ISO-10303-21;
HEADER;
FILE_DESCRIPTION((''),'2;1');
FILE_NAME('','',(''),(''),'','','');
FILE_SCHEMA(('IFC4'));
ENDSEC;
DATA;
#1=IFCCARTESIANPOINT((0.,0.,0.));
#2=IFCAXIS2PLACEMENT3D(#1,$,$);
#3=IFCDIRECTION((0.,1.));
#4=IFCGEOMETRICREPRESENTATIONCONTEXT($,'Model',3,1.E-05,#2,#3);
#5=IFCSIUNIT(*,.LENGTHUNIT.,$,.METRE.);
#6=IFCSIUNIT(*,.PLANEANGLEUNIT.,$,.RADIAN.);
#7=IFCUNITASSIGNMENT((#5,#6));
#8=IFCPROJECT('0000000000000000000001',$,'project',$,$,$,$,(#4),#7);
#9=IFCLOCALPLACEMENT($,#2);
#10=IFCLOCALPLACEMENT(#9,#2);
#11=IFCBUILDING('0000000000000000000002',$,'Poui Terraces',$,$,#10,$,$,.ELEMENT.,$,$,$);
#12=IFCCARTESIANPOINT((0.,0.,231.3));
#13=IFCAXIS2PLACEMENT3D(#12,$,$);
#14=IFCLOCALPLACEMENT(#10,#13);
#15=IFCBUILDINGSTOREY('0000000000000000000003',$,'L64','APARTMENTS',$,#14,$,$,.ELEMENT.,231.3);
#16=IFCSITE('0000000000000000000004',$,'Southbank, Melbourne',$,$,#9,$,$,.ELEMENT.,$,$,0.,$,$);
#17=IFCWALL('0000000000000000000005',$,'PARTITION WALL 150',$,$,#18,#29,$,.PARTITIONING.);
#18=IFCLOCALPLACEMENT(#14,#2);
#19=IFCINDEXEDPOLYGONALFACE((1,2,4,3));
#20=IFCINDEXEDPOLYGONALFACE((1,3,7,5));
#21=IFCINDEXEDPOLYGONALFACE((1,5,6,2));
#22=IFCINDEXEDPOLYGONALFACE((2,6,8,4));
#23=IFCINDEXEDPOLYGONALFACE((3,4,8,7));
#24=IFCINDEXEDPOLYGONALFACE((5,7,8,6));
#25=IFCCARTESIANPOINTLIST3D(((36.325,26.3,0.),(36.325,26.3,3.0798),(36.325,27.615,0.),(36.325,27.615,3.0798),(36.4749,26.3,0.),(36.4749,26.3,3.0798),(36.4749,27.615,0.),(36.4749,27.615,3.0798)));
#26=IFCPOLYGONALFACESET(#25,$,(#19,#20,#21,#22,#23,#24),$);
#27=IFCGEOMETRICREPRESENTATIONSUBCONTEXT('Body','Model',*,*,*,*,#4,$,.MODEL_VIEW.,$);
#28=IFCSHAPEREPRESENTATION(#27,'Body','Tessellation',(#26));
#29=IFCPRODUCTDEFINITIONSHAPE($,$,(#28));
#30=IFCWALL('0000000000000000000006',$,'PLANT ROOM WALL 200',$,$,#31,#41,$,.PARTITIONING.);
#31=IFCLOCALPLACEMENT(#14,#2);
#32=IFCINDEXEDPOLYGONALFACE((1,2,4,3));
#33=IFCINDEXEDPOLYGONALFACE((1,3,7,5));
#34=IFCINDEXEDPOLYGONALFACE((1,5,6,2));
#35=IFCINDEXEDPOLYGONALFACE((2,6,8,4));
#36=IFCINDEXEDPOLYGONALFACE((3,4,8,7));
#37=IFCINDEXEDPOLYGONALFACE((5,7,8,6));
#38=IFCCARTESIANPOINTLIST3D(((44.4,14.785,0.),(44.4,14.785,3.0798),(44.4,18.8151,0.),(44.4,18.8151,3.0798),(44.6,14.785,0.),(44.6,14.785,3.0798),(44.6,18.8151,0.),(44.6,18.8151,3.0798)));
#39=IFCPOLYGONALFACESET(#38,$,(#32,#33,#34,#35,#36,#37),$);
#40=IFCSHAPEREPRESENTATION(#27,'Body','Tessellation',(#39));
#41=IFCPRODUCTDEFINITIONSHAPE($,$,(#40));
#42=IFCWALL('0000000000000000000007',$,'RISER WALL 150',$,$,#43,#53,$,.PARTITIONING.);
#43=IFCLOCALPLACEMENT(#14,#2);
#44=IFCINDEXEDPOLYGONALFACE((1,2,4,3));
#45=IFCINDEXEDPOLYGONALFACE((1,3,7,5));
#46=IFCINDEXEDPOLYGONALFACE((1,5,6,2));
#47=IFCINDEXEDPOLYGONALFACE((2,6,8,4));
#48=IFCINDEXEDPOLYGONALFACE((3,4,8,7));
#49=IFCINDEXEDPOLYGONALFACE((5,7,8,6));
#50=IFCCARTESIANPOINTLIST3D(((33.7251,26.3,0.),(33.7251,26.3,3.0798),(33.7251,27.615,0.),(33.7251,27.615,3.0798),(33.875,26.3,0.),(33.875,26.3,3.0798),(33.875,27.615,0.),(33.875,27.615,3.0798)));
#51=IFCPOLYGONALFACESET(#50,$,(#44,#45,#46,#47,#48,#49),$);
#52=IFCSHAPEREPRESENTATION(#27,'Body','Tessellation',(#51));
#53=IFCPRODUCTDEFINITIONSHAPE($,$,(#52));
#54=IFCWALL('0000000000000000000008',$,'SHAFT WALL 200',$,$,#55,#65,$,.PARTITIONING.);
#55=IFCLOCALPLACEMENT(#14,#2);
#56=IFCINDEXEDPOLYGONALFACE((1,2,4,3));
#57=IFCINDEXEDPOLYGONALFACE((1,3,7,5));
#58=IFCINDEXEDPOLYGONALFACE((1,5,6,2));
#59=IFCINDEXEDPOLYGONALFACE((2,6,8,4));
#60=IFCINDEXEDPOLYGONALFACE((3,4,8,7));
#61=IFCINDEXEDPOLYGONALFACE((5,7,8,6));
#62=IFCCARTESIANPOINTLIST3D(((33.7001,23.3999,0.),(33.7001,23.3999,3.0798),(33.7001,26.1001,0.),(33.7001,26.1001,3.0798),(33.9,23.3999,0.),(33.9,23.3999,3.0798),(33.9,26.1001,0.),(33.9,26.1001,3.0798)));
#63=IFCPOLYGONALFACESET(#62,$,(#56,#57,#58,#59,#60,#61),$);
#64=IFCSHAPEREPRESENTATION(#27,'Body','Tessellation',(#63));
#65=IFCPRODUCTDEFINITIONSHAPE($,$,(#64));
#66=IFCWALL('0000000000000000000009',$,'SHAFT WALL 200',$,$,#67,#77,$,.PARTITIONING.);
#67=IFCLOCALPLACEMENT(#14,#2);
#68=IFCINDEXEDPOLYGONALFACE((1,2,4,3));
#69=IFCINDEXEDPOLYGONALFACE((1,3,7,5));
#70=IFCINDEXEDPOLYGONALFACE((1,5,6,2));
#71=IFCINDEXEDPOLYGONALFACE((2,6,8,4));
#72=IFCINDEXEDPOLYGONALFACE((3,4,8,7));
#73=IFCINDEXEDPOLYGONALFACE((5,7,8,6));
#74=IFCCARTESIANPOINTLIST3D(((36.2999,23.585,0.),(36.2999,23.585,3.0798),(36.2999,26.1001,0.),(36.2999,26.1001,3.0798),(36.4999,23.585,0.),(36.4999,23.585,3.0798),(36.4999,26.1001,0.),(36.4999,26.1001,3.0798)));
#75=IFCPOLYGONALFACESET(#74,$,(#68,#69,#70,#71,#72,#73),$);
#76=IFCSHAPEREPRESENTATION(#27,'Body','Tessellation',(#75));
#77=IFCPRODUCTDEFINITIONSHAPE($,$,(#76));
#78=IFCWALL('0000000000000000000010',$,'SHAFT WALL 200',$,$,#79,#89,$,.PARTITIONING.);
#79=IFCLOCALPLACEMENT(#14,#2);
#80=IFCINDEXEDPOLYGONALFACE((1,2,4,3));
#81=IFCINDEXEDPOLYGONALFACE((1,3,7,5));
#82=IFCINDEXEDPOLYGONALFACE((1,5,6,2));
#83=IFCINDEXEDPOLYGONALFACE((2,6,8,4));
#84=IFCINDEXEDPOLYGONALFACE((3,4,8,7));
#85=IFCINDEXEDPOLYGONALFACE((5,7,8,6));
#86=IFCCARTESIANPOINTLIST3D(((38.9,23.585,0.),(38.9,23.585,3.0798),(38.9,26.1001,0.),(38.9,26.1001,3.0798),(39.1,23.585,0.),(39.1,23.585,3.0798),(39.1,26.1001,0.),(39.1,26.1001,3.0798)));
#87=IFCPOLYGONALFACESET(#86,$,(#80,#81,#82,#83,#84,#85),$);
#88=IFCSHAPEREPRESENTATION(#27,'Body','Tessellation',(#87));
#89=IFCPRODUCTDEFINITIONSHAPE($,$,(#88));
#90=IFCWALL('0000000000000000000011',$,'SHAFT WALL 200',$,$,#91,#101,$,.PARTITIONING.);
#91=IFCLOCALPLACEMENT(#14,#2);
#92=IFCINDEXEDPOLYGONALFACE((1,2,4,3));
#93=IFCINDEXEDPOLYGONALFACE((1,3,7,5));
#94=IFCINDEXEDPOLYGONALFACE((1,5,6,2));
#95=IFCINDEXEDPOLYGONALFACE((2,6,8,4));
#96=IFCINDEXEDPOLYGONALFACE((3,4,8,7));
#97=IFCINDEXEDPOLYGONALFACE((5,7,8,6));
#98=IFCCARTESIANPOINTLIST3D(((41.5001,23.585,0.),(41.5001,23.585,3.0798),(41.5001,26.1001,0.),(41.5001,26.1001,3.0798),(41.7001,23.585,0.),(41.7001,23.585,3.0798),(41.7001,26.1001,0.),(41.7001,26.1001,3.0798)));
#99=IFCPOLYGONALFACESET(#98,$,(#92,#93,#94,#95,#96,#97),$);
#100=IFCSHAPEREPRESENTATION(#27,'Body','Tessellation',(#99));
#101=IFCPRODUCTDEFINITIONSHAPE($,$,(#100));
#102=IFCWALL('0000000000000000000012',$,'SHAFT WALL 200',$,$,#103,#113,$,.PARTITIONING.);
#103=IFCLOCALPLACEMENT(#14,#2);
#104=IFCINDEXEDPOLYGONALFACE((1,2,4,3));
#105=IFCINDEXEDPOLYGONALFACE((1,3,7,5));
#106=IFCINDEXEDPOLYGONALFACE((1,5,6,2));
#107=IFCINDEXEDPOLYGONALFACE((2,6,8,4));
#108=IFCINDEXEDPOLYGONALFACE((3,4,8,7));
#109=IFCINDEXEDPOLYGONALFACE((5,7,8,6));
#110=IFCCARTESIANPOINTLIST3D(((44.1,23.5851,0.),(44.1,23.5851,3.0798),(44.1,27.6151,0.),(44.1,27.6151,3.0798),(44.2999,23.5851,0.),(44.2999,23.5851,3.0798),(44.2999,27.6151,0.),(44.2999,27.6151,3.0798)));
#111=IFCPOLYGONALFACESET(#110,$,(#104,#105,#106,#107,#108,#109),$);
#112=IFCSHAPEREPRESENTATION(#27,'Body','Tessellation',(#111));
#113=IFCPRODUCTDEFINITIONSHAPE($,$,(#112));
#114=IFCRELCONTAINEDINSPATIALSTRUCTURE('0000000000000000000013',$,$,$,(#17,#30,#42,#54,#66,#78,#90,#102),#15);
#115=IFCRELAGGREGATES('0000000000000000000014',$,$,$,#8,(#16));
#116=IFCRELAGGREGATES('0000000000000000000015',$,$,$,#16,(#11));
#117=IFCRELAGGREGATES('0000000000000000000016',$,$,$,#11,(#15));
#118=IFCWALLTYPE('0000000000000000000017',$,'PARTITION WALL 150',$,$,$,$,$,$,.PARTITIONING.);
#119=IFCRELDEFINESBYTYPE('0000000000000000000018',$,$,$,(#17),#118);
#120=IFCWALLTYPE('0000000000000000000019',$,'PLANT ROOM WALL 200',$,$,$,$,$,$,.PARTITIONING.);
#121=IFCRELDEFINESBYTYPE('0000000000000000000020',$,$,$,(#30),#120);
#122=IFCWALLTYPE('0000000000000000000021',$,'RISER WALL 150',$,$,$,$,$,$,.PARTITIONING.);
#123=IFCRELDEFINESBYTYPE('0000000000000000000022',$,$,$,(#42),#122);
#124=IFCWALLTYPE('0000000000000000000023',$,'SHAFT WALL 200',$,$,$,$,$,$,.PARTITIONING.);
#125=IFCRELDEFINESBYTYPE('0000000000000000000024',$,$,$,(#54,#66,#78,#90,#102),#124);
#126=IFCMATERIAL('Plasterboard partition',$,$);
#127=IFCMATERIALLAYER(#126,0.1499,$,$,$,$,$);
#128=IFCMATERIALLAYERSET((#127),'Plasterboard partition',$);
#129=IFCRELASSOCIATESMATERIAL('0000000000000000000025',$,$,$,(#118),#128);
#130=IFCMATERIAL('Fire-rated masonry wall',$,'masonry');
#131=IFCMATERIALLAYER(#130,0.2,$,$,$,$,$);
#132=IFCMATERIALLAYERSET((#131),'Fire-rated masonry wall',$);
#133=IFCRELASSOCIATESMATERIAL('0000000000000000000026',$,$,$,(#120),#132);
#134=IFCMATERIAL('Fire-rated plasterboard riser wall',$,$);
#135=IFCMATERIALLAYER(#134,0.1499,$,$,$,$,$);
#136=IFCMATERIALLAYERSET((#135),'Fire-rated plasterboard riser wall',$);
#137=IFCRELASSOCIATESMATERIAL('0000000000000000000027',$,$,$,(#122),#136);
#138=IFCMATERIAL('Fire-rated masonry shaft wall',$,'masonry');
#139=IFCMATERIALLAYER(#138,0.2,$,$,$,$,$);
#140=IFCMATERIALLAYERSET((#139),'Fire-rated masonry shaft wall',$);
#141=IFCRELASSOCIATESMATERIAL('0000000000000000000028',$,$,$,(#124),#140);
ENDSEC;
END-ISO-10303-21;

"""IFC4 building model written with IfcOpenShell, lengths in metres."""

from ifc_helpers import new_model, si_unit, direction, frame, frame_2d, origin, place, context, subcontext, project, spatial, rectangle, extrude, material, layer, layer_set, type_object, element, save


model = new_model("IFC4")

# Units and contexts
model_context = context("Model", 3, precision=1e-05, world=origin(), true_north=direction((0.0, 1.0)))
body_context = subcontext(model_context, "Body", "Model", "MODEL_VIEW")
ifc_project = project(units=[si_unit("LENGTHUNIT", "METRE"), si_unit("PLANEANGLEUNIT", "RADIAN")], contexts=[model_context])

# Site, building, storey
site_placement = place(None, origin())
site = spatial("IfcSite", under=ifc_project, at=site_placement, Name="Southbank, Melbourne", CompositionType="ELEMENT", RefElevation=0.0)
building_placement = place(site_placement, origin())
building = spatial("IfcBuilding", under=site, at=building_placement, Name="Poui Terraces", CompositionType="ELEMENT")
storey_placement = place(building_placement, frame((0.0, 0.0, 231.3)))
storey = spatial("IfcBuildingStorey", under=building, at=storey_placement, Name="L64", Description="APARTMENTS", CompositionType="ELEMENT", Elevation=231.3)

# Walls
ifc_material_1 = material(Name="Plasterboard partition")
ifc_layer_1 = layer(ifc_material_1, 0.1499)
ifc_layer_set_1 = layer_set([ifc_layer_1], Name="Plasterboard partition")
wall_type_1 = type_object("IfcWallType", Name="PARTITION WALL 150", PredefinedType="PARTITIONING", material=ifc_layer_set_1)
wall_1_placement = place(storey_placement, frame((36.3999, 26.3, 0.0), z_axis=(0.0, 0.0, 1.0), x_axis=(0.0, 1.0, 0.0)))
element("IfcWall", 1, at=wall_1_placement, inside=storey, type_object=wall_type_1, Name="PARTITION WALL 150", PredefinedType="PARTITIONING", context=body_context, shape_type="SweptSolid", body=[
    extrude(rectangle(XDim=1.3149, YDim=0.1499, at=frame_2d((0.6575, 0.0))), origin(), (0.0, 0.0, 1.0), 3.0798),
])
ifc_material_2 = material(Name="Fire-rated masonry wall", Category="masonry")
ifc_layer_2 = layer(ifc_material_2, 0.2)
ifc_layer_set_2 = layer_set([ifc_layer_2], Name="Fire-rated masonry wall")
wall_type_2 = type_object("IfcWallType", Name="PLANT ROOM WALL 200", PredefinedType="PARTITIONING", material=ifc_layer_set_2)
wall_2_placement = place(storey_placement, frame((44.5, 14.7849, 0.0), z_axis=(0.0, 0.0, 1.0), x_axis=(0.0, 1.0, 0.0)))
element("IfcWall", 2, at=wall_2_placement, inside=storey, type_object=wall_type_2, Name="PLANT ROOM WALL 200", PredefinedType="PARTITIONING", context=body_context, shape_type="SweptSolid", body=[
    extrude(rectangle(XDim=4.03, YDim=0.2, at=frame_2d((2.0151, 0.0))), origin(), (0.0, 0.0, 1.0), 3.0798),
])
ifc_material_3 = material(Name="Fire-rated plasterboard riser wall")
ifc_layer_3 = layer(ifc_material_3, 0.1499)
ifc_layer_set_3 = layer_set([ifc_layer_3], Name="Fire-rated plasterboard riser wall")
wall_type_3 = type_object("IfcWallType", Name="RISER WALL 150", PredefinedType="PARTITIONING", material=ifc_layer_set_3)
wall_3_placement = place(storey_placement, frame((33.8, 26.3, 0.0), z_axis=(0.0, 0.0, 1.0), x_axis=(0.0, 1.0, 0.0)))
element("IfcWall", 3, at=wall_3_placement, inside=storey, type_object=wall_type_3, Name="RISER WALL 150", PredefinedType="PARTITIONING", context=body_context, shape_type="SweptSolid", body=[
    extrude(rectangle(XDim=1.3149, YDim=0.1499, at=frame_2d((0.6575, 0.0))), origin(), (0.0, 0.0, 1.0), 3.0798),
])
ifc_material_4 = material(Name="Fire-rated masonry shaft wall", Category="masonry")
ifc_layer_4 = layer(ifc_material_4, 0.2)
ifc_layer_set_4 = layer_set([ifc_layer_4], Name="Fire-rated masonry shaft wall")
wall_type_4 = type_object("IfcWallType", Name="SHAFT WALL 200", PredefinedType="PARTITIONING", material=ifc_layer_set_4)
wall_4_placement = place(storey_placement, frame((33.8, 23.3999, 0.0), z_axis=(0.0, 0.0, 1.0), x_axis=(0.0, 1.0, 0.0)))
element("IfcWall", 4, at=wall_4_placement, inside=storey, type_object=wall_type_4, Name="SHAFT WALL 200", PredefinedType="PARTITIONING", context=body_context, shape_type="SweptSolid", body=[
    extrude(rectangle(XDim=2.7002, YDim=0.2, at=frame_2d((1.3501, 0.0))), origin(), (0.0, 0.0, 1.0), 3.0798),
])
for number, where, z_axis, x_axis, name in (
    (5, (36.3999, 23.585, 0.0), (0.0, 0.0, 1.0), (0.0, 1.0, 0.0), "SHAFT WALL 200"),
    (6, (39.0, 23.585, 0.0), (0.0, 0.0, 1.0), (0.0, 1.0, 0.0), "SHAFT WALL 200"),
    (7, (41.6001, 23.585, 0.0), (0.0, 0.0, 1.0), (0.0, 1.0, 0.0), "SHAFT WALL 200"),
):
    element("IfcWall", number, at=place(storey_placement, frame(where, z_axis=z_axis, x_axis=x_axis)), inside=storey, type_object=wall_type_4, Name=name, PredefinedType="PARTITIONING", context=body_context, shape_type="SweptSolid", body=[
        extrude(rectangle(XDim=2.5151, YDim=0.2, at=frame_2d((1.2576, 0.0))), origin(), (0.0, 0.0, 1.0), 3.0798),
    ])
wall_5_placement = place(storey_placement, frame((44.2, 23.585, 0.0), z_axis=(0.0, 0.0, 1.0), x_axis=(0.0, 1.0, 0.0)))
element("IfcWall", 8, at=wall_5_placement, inside=storey, type_object=wall_type_4, Name="SHAFT WALL 200", PredefinedType="PARTITIONING", context=body_context, shape_type="SweptSolid", body=[
    extrude(rectangle(XDim=4.03, YDim=0.2, at=frame_2d((2.0151, 0.0))), origin(), (0.0, 0.0, 1.0), 3.0798),
])

save(model, "model.ifc")
